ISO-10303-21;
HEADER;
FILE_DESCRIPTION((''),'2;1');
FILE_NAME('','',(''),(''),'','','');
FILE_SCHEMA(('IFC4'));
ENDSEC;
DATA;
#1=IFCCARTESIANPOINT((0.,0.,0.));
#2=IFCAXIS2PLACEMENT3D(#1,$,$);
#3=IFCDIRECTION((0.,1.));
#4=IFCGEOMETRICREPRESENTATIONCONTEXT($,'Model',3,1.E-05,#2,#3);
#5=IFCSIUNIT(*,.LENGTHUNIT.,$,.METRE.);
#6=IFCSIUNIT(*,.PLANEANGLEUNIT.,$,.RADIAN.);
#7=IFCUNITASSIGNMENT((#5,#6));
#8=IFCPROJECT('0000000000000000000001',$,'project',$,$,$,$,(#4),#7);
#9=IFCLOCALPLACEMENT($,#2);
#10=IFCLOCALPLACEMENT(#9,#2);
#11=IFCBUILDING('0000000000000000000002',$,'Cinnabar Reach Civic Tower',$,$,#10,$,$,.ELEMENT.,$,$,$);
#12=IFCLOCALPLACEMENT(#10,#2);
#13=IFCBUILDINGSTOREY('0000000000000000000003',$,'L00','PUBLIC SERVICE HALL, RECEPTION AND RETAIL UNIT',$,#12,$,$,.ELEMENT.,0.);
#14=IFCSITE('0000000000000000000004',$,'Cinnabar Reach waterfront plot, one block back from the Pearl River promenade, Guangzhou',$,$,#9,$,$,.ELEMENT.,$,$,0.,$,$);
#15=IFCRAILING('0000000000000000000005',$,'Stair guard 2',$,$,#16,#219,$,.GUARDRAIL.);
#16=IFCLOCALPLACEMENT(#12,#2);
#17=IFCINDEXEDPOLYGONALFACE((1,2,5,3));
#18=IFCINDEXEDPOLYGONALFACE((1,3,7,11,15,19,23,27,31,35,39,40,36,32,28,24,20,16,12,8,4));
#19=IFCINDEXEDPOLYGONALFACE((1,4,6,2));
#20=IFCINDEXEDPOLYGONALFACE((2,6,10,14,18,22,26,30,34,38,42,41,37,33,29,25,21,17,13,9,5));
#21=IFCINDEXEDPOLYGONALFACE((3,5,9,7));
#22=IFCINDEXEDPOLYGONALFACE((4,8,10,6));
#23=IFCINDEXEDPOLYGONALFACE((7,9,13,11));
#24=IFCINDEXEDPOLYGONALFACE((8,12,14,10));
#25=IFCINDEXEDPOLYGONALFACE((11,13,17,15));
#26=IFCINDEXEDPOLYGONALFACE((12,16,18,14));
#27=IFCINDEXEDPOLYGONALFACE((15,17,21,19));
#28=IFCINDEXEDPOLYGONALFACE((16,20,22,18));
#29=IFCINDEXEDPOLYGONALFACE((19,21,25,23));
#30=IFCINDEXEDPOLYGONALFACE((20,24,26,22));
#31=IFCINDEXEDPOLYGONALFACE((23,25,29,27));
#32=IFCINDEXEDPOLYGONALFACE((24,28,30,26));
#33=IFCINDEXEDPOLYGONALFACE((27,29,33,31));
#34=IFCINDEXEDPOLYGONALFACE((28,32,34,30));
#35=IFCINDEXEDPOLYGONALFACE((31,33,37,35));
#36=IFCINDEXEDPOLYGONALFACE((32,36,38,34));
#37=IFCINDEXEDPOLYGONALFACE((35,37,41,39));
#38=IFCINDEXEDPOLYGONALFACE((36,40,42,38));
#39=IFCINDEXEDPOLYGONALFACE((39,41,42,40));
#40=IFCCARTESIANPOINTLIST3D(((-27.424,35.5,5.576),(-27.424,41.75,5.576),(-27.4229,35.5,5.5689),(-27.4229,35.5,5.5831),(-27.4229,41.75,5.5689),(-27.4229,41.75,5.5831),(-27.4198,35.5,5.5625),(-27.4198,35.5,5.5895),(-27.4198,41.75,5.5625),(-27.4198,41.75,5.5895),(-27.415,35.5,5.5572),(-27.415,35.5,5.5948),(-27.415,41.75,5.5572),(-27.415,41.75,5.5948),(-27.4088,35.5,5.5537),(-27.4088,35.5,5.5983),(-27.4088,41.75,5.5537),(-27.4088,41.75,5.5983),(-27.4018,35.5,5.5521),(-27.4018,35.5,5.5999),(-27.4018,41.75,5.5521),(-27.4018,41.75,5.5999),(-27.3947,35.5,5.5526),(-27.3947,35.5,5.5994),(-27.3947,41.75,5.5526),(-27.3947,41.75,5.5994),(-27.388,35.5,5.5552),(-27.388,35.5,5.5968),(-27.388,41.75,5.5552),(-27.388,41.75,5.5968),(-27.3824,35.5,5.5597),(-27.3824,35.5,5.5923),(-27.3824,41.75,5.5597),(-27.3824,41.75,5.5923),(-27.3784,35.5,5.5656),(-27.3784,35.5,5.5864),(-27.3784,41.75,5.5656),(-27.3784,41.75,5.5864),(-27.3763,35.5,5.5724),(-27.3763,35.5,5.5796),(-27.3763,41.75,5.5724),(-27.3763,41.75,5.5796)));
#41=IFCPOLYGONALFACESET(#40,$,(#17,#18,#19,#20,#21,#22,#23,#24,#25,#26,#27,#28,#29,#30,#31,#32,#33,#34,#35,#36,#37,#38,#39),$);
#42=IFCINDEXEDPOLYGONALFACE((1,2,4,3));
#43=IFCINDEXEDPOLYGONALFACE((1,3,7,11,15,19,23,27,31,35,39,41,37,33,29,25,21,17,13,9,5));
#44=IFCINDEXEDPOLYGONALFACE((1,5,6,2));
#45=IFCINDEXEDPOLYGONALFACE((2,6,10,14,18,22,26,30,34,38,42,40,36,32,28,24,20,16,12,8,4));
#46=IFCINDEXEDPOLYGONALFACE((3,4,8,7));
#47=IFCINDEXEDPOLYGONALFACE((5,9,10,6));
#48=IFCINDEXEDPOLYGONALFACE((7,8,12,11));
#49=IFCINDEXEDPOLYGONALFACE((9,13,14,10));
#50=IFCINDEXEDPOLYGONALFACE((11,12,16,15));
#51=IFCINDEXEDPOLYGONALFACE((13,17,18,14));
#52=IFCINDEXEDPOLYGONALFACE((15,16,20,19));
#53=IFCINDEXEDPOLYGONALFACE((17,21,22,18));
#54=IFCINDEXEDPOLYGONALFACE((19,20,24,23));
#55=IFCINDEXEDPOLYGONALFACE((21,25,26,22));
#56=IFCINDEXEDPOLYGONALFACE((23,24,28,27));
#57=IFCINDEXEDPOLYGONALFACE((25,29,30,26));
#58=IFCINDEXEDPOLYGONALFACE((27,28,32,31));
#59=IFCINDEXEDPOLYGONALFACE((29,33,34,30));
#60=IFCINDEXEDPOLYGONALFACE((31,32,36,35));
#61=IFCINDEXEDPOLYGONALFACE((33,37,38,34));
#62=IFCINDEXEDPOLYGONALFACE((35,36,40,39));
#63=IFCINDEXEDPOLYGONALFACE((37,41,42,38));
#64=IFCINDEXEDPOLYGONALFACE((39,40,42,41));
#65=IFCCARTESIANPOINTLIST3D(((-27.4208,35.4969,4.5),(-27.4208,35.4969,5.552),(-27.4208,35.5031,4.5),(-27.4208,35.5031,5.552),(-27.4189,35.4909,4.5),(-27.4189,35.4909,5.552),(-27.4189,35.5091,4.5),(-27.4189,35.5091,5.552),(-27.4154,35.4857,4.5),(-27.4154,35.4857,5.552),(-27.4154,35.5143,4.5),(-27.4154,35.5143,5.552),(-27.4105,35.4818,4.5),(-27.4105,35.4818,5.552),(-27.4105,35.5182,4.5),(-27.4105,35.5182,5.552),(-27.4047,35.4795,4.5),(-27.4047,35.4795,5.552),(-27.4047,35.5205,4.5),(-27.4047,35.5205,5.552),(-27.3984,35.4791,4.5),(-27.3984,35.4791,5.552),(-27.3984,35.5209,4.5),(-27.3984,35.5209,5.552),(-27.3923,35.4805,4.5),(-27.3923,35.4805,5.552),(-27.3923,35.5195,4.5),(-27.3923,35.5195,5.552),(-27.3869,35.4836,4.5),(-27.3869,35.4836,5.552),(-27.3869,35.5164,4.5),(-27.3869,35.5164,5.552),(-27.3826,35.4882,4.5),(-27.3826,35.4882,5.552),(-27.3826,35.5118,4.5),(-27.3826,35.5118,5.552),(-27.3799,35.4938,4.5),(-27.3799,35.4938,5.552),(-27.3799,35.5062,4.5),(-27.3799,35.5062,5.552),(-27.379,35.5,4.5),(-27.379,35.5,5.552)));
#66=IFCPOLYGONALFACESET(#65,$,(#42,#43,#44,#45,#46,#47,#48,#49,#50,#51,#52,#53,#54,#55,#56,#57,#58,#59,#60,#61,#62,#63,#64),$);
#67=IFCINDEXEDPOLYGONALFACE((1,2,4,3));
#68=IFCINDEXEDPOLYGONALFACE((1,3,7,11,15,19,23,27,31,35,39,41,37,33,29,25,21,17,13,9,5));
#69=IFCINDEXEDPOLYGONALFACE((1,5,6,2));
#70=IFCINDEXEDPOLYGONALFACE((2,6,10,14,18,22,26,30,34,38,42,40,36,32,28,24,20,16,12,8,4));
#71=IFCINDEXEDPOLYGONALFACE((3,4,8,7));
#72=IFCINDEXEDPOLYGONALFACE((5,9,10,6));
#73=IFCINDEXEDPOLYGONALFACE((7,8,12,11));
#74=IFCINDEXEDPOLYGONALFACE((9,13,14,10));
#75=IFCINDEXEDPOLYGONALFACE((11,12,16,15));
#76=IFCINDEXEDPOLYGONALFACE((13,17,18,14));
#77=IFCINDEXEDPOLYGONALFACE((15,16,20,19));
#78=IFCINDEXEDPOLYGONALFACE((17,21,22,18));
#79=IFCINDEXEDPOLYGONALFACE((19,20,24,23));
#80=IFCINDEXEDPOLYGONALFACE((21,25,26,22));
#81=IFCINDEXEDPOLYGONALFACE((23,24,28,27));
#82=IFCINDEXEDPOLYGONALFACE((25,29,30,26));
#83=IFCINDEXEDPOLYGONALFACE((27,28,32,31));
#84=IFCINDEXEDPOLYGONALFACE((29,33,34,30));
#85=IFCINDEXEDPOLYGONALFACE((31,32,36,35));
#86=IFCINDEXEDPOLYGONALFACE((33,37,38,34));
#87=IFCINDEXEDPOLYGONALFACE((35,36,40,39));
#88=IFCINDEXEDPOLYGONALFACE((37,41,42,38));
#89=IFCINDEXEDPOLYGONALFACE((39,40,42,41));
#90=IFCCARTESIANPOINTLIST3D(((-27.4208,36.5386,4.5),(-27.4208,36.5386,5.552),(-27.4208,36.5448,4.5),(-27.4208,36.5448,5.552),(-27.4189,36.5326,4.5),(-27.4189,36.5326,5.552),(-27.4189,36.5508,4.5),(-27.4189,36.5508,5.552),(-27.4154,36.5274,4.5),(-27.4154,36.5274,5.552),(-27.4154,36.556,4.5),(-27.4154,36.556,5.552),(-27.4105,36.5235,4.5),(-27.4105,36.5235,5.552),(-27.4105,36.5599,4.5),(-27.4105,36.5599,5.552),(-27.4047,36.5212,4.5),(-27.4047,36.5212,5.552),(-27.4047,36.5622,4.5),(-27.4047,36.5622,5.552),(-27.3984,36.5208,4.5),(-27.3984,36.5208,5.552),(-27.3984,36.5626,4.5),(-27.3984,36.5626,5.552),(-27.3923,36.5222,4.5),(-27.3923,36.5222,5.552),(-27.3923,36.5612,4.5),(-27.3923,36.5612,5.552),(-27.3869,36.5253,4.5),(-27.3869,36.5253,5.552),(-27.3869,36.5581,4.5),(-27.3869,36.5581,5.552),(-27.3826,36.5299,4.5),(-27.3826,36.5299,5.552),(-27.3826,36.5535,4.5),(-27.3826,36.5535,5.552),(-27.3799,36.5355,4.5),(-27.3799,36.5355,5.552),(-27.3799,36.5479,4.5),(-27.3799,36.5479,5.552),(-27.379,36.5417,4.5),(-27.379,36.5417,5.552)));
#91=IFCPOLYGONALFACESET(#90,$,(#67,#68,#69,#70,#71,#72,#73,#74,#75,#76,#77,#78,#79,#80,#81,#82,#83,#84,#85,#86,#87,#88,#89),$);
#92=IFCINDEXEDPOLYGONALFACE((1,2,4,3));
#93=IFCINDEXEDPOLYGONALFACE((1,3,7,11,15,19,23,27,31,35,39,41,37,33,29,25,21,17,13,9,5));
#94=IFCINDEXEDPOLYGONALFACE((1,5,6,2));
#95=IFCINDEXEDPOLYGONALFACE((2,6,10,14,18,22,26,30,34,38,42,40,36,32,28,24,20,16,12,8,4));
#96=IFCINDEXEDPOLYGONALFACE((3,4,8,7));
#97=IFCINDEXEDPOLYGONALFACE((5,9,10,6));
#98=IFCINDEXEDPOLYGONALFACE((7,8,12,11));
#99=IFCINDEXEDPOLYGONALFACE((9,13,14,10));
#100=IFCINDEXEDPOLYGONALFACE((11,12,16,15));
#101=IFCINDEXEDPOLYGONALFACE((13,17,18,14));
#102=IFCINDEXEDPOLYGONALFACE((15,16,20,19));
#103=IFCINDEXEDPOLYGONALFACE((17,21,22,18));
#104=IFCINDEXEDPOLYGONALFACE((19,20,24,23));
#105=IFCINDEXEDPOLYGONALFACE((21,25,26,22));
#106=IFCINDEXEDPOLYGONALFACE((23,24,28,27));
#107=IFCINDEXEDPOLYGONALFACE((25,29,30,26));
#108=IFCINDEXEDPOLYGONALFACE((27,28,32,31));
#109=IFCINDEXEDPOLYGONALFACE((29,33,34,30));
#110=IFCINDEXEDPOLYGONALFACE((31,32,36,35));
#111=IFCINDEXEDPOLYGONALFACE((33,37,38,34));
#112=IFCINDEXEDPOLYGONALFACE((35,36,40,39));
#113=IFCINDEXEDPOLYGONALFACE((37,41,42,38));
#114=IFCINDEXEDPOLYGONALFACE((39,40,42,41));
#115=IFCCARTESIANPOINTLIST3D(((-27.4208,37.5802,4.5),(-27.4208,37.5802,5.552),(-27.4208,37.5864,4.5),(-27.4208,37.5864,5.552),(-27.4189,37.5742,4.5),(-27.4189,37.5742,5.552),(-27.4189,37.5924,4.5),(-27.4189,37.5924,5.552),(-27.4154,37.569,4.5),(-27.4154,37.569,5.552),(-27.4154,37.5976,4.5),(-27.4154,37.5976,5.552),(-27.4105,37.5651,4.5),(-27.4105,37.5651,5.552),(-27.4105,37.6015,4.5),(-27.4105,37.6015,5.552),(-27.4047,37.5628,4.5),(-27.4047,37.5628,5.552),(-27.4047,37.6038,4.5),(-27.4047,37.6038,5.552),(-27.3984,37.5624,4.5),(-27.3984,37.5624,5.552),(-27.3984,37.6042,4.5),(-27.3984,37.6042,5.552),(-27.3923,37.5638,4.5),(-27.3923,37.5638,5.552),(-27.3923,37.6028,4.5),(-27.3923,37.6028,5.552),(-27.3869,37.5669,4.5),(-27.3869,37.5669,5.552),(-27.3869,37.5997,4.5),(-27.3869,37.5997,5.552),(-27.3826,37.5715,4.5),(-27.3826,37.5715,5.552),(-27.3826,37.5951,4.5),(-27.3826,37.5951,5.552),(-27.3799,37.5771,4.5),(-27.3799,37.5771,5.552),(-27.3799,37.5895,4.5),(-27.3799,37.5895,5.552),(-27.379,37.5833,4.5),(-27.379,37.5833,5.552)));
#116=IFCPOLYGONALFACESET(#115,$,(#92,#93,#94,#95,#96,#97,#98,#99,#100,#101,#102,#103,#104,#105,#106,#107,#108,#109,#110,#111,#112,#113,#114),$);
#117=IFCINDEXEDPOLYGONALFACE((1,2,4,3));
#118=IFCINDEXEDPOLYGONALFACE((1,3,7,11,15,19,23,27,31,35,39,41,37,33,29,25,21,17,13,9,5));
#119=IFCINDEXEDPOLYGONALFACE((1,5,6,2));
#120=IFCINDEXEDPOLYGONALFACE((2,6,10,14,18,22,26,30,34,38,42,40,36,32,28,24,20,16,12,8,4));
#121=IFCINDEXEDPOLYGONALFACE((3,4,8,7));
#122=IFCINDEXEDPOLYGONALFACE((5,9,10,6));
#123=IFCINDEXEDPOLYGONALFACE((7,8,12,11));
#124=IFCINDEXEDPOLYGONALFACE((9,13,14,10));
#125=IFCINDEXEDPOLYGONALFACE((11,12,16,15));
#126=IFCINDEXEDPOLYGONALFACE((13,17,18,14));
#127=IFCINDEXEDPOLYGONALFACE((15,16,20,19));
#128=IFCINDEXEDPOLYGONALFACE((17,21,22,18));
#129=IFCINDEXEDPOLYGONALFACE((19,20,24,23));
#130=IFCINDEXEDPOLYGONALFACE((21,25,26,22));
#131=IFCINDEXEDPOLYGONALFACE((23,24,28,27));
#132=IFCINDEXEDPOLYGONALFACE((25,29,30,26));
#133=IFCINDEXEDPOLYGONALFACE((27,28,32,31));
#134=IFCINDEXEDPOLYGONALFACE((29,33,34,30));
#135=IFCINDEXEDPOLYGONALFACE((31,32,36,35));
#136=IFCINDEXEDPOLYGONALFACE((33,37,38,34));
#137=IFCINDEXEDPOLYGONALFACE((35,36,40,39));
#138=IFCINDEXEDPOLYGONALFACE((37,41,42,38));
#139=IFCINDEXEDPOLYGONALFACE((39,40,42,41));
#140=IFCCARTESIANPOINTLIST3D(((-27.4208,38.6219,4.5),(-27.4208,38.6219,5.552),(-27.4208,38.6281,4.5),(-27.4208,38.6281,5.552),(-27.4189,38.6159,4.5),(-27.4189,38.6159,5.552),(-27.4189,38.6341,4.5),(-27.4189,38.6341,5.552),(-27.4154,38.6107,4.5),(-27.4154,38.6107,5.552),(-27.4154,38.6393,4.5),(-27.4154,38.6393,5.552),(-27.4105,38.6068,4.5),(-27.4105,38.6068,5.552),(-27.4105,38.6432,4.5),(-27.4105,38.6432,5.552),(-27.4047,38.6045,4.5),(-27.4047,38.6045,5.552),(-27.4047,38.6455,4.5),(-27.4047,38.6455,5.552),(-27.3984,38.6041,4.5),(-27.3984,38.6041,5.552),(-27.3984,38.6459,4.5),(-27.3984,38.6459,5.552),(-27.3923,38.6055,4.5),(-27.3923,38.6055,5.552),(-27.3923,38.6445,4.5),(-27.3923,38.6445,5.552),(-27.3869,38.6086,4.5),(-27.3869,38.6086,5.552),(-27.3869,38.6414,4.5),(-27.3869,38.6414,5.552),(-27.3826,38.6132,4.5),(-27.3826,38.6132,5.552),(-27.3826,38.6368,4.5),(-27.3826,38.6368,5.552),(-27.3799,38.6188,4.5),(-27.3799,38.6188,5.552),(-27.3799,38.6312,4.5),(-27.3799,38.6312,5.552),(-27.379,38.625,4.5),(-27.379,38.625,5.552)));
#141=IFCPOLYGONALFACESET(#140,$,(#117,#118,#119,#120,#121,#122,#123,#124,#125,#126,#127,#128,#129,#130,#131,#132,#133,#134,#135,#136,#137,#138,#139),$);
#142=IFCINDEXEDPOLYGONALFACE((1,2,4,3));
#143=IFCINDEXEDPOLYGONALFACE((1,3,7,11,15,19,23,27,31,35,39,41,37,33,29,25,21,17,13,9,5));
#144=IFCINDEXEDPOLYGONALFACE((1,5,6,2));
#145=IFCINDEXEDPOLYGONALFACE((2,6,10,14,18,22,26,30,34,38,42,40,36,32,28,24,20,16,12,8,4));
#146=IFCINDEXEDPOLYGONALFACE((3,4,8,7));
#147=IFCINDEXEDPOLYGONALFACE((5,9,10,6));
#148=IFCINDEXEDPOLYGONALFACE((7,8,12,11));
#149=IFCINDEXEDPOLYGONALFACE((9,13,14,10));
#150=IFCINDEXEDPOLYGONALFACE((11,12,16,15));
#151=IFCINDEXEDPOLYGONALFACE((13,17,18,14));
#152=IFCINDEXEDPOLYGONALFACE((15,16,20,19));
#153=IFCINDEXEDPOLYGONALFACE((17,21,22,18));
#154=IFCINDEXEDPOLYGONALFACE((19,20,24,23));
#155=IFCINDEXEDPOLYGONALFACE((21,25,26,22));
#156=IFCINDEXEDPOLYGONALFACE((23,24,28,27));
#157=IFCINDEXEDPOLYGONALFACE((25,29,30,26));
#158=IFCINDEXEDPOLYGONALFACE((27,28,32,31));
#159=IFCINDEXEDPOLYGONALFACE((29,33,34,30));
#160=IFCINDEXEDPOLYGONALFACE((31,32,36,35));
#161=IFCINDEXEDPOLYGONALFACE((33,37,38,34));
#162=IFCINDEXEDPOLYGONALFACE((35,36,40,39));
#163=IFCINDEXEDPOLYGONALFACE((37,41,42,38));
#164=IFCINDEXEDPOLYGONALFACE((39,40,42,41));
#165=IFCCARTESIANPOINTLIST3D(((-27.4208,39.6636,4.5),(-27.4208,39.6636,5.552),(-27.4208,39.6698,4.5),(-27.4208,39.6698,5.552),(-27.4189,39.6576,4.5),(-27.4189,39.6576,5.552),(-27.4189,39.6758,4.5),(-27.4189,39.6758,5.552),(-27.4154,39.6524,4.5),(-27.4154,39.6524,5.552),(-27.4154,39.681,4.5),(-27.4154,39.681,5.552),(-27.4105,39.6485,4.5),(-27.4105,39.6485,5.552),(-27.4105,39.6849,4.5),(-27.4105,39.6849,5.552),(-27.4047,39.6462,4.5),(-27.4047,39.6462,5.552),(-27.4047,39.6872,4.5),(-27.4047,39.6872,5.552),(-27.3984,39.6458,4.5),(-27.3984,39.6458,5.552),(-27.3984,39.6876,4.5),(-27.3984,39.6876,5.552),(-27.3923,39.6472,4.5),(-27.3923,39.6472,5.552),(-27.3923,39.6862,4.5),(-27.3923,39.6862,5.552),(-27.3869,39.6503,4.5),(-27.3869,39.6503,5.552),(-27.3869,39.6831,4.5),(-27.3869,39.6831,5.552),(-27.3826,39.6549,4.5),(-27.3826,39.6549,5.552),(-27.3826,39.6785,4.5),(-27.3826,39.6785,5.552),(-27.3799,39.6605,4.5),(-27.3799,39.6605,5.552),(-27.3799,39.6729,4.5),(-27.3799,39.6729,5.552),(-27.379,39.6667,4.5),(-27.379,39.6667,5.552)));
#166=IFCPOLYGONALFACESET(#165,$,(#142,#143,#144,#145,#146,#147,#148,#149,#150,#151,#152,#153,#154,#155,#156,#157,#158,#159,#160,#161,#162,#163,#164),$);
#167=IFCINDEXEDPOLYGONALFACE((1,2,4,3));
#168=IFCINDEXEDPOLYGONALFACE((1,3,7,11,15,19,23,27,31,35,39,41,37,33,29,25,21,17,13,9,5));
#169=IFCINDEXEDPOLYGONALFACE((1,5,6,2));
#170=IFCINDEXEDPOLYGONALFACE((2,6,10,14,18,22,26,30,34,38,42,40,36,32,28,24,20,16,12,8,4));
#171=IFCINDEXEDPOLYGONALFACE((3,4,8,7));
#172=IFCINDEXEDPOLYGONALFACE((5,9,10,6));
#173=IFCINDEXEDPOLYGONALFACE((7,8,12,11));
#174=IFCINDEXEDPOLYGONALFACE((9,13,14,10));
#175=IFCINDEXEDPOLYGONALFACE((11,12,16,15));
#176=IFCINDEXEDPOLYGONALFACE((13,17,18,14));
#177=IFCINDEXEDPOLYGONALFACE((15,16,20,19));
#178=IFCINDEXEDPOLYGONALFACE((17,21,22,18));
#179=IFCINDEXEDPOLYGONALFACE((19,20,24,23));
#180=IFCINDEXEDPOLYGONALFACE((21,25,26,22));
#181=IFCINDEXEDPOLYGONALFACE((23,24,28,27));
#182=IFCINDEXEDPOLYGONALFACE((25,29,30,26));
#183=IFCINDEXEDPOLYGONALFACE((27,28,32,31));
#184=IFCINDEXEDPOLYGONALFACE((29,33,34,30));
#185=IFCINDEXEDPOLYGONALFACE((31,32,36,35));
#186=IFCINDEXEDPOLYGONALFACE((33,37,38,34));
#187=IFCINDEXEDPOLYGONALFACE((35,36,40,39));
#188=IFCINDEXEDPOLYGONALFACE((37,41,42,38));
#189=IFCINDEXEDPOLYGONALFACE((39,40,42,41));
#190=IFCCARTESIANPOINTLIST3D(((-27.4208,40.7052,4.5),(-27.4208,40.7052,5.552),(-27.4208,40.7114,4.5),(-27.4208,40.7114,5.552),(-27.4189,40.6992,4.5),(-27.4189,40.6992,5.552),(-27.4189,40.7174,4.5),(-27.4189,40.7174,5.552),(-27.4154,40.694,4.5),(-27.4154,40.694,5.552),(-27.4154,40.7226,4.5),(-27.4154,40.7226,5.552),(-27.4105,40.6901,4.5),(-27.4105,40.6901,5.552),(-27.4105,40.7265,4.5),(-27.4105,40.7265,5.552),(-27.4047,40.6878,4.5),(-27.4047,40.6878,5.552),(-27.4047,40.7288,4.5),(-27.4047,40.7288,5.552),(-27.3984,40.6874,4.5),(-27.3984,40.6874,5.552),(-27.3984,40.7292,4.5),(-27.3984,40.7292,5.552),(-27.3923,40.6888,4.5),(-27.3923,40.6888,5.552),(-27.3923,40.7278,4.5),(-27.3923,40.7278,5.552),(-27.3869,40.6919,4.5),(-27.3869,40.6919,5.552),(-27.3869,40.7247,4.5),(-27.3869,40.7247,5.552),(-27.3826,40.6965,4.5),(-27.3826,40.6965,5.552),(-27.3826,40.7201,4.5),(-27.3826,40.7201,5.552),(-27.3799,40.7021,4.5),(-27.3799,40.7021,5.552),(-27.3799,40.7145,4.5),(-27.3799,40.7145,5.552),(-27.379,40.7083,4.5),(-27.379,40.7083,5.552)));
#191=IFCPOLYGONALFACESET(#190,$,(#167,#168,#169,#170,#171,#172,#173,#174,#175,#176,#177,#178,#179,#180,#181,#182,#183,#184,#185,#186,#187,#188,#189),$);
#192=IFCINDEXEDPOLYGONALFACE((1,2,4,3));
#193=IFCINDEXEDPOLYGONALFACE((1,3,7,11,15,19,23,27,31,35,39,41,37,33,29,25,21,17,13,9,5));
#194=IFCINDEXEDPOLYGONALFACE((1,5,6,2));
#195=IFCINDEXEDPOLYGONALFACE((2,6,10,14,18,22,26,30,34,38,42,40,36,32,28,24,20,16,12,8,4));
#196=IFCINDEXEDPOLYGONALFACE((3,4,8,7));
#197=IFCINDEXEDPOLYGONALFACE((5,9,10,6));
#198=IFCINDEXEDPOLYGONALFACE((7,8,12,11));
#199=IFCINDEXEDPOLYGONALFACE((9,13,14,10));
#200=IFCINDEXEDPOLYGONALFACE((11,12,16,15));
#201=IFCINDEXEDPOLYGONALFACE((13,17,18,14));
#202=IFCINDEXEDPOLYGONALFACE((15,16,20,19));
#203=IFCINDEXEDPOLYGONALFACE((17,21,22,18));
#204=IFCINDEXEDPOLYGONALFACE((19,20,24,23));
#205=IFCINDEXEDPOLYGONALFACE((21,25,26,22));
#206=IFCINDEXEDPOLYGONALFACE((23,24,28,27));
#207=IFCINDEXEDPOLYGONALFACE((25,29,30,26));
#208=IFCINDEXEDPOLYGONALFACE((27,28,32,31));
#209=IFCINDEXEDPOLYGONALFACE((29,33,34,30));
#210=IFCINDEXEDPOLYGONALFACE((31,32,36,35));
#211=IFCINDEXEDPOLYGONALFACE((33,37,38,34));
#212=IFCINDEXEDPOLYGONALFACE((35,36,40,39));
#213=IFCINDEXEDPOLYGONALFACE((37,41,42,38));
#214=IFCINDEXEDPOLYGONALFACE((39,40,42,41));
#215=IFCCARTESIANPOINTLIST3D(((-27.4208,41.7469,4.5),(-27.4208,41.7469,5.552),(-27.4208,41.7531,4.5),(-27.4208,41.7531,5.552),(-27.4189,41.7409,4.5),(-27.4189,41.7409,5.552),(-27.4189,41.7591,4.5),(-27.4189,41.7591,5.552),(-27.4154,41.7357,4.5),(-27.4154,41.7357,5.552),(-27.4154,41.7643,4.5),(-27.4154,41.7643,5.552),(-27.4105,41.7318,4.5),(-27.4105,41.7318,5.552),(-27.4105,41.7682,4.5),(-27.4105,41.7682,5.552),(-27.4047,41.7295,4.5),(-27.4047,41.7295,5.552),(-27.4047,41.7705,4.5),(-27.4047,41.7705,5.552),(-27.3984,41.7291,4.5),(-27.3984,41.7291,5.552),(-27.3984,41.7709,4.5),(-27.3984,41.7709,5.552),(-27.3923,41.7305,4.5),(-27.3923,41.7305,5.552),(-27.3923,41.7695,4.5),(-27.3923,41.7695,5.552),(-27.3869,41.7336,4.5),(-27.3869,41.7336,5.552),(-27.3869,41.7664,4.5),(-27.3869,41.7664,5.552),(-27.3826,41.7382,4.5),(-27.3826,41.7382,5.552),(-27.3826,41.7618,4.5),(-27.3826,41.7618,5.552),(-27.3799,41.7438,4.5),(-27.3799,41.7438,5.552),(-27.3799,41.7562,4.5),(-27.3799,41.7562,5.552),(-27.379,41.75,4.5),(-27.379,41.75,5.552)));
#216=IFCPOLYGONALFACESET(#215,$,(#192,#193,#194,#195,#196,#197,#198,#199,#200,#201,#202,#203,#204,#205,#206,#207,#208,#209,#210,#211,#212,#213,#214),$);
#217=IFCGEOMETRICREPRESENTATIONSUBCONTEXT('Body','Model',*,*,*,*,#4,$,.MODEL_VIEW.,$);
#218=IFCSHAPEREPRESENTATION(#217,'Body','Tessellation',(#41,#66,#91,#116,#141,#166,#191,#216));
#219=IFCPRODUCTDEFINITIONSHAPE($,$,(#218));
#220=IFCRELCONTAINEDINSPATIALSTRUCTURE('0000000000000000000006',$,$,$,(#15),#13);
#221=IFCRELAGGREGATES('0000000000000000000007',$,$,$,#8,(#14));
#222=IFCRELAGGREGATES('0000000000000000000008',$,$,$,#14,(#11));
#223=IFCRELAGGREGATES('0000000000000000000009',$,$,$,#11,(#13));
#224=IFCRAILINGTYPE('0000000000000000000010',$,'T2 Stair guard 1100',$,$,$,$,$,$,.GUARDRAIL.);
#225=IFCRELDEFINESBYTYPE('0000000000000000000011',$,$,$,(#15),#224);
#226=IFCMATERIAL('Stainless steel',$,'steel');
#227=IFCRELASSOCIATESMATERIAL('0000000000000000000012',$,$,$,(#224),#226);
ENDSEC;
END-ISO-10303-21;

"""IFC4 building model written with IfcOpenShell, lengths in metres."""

from ifc_helpers import new_model, si_unit, direction, frame, origin, origin_2d, place, context, subcontext, project, spatial, circle, extrude, material, type_object, element, save


model = new_model("IFC4")

# Units and contexts
model_context = context("Model", 3, precision=1e-05, world=origin(), true_north=direction((0.0, 1.0)))
body_context = subcontext(model_context, "Body", "Model", "MODEL_VIEW")
ifc_project = project(units=[si_unit("LENGTHUNIT", "METRE"), si_unit("PLANEANGLEUNIT", "RADIAN")], contexts=[model_context])

# Site, building, storey
site_placement = place(None, origin())
site = spatial("IfcSite", under=ifc_project, at=site_placement, Name="Cinnabar Reach waterfront plot, one block back from the Pearl River promenade, Guangzhou", CompositionType="ELEMENT", RefElevation=0.0)
building_placement = place(site_placement, origin())
building = spatial("IfcBuilding", under=site, at=building_placement, Name="Cinnabar Reach Civic Tower", CompositionType="ELEMENT")
storey_placement = place(building_placement, origin())
storey = spatial("IfcBuildingStorey", under=building, at=storey_placement, Name="L00", Description="PUBLIC SERVICE HALL, RECEPTION AND RETAIL UNIT", CompositionType="ELEMENT", Elevation=0.0)

# Railing
ifc_material_1 = material(Name="Stainless steel", Category="steel")
railing_type = type_object("IfcRailingType", Name="T2 Stair guard 1100", PredefinedType="GUARDRAIL", material=ifc_material_1)
for number, where, name in (
    (1, (-27.4, 35.5, 4.5), "Stair guard 2"),
):
    element("IfcRailing", number, at=place(storey_placement, frame(where)), inside=storey, type_object=railing_type, Name=name, PredefinedType="GUARDRAIL", context=body_context, shape_type="SweptSolid", body=[
        extrude(circle(Radius=0.024, at=origin_2d()), frame((0.0, 0.0, 1.076), z_axis=(0.0, 1.0, 0.0), x_axis=(-1.0, 0.0, 0.0)), (0.0, 0.0, 1.0), 6.25),
        extrude(circle(Radius=0.021, at=origin_2d()), origin(), (0.0, 0.0, 1.0), 1.052),
        extrude(circle(Radius=0.021, at=origin_2d()), frame((0.0, 1.0417, 0.0)), (0.0, 0.0, 1.0), 1.052),
        extrude(circle(Radius=0.021, at=origin_2d()), frame((0.0, 2.0833, 0.0)), (0.0, 0.0, 1.0), 1.052),
        extrude(circle(Radius=0.021, at=origin_2d()), frame((0.0, 3.125, 0.0)), (0.0, 0.0, 1.0), 1.052),
        extrude(circle(Radius=0.021, at=origin_2d()), frame((0.0, 4.1667, 0.0)), (0.0, 0.0, 1.0), 1.052),
        extrude(circle(Radius=0.021, at=origin_2d()), frame((0.0, 5.2083, 0.0)), (0.0, 0.0, 1.0), 1.052),
        extrude(circle(Radius=0.021, at=origin_2d()), frame((0.0, 6.25, 0.0)), (0.0, 0.0, 1.0), 1.052),
    ])

save(model, "model.ifc")
